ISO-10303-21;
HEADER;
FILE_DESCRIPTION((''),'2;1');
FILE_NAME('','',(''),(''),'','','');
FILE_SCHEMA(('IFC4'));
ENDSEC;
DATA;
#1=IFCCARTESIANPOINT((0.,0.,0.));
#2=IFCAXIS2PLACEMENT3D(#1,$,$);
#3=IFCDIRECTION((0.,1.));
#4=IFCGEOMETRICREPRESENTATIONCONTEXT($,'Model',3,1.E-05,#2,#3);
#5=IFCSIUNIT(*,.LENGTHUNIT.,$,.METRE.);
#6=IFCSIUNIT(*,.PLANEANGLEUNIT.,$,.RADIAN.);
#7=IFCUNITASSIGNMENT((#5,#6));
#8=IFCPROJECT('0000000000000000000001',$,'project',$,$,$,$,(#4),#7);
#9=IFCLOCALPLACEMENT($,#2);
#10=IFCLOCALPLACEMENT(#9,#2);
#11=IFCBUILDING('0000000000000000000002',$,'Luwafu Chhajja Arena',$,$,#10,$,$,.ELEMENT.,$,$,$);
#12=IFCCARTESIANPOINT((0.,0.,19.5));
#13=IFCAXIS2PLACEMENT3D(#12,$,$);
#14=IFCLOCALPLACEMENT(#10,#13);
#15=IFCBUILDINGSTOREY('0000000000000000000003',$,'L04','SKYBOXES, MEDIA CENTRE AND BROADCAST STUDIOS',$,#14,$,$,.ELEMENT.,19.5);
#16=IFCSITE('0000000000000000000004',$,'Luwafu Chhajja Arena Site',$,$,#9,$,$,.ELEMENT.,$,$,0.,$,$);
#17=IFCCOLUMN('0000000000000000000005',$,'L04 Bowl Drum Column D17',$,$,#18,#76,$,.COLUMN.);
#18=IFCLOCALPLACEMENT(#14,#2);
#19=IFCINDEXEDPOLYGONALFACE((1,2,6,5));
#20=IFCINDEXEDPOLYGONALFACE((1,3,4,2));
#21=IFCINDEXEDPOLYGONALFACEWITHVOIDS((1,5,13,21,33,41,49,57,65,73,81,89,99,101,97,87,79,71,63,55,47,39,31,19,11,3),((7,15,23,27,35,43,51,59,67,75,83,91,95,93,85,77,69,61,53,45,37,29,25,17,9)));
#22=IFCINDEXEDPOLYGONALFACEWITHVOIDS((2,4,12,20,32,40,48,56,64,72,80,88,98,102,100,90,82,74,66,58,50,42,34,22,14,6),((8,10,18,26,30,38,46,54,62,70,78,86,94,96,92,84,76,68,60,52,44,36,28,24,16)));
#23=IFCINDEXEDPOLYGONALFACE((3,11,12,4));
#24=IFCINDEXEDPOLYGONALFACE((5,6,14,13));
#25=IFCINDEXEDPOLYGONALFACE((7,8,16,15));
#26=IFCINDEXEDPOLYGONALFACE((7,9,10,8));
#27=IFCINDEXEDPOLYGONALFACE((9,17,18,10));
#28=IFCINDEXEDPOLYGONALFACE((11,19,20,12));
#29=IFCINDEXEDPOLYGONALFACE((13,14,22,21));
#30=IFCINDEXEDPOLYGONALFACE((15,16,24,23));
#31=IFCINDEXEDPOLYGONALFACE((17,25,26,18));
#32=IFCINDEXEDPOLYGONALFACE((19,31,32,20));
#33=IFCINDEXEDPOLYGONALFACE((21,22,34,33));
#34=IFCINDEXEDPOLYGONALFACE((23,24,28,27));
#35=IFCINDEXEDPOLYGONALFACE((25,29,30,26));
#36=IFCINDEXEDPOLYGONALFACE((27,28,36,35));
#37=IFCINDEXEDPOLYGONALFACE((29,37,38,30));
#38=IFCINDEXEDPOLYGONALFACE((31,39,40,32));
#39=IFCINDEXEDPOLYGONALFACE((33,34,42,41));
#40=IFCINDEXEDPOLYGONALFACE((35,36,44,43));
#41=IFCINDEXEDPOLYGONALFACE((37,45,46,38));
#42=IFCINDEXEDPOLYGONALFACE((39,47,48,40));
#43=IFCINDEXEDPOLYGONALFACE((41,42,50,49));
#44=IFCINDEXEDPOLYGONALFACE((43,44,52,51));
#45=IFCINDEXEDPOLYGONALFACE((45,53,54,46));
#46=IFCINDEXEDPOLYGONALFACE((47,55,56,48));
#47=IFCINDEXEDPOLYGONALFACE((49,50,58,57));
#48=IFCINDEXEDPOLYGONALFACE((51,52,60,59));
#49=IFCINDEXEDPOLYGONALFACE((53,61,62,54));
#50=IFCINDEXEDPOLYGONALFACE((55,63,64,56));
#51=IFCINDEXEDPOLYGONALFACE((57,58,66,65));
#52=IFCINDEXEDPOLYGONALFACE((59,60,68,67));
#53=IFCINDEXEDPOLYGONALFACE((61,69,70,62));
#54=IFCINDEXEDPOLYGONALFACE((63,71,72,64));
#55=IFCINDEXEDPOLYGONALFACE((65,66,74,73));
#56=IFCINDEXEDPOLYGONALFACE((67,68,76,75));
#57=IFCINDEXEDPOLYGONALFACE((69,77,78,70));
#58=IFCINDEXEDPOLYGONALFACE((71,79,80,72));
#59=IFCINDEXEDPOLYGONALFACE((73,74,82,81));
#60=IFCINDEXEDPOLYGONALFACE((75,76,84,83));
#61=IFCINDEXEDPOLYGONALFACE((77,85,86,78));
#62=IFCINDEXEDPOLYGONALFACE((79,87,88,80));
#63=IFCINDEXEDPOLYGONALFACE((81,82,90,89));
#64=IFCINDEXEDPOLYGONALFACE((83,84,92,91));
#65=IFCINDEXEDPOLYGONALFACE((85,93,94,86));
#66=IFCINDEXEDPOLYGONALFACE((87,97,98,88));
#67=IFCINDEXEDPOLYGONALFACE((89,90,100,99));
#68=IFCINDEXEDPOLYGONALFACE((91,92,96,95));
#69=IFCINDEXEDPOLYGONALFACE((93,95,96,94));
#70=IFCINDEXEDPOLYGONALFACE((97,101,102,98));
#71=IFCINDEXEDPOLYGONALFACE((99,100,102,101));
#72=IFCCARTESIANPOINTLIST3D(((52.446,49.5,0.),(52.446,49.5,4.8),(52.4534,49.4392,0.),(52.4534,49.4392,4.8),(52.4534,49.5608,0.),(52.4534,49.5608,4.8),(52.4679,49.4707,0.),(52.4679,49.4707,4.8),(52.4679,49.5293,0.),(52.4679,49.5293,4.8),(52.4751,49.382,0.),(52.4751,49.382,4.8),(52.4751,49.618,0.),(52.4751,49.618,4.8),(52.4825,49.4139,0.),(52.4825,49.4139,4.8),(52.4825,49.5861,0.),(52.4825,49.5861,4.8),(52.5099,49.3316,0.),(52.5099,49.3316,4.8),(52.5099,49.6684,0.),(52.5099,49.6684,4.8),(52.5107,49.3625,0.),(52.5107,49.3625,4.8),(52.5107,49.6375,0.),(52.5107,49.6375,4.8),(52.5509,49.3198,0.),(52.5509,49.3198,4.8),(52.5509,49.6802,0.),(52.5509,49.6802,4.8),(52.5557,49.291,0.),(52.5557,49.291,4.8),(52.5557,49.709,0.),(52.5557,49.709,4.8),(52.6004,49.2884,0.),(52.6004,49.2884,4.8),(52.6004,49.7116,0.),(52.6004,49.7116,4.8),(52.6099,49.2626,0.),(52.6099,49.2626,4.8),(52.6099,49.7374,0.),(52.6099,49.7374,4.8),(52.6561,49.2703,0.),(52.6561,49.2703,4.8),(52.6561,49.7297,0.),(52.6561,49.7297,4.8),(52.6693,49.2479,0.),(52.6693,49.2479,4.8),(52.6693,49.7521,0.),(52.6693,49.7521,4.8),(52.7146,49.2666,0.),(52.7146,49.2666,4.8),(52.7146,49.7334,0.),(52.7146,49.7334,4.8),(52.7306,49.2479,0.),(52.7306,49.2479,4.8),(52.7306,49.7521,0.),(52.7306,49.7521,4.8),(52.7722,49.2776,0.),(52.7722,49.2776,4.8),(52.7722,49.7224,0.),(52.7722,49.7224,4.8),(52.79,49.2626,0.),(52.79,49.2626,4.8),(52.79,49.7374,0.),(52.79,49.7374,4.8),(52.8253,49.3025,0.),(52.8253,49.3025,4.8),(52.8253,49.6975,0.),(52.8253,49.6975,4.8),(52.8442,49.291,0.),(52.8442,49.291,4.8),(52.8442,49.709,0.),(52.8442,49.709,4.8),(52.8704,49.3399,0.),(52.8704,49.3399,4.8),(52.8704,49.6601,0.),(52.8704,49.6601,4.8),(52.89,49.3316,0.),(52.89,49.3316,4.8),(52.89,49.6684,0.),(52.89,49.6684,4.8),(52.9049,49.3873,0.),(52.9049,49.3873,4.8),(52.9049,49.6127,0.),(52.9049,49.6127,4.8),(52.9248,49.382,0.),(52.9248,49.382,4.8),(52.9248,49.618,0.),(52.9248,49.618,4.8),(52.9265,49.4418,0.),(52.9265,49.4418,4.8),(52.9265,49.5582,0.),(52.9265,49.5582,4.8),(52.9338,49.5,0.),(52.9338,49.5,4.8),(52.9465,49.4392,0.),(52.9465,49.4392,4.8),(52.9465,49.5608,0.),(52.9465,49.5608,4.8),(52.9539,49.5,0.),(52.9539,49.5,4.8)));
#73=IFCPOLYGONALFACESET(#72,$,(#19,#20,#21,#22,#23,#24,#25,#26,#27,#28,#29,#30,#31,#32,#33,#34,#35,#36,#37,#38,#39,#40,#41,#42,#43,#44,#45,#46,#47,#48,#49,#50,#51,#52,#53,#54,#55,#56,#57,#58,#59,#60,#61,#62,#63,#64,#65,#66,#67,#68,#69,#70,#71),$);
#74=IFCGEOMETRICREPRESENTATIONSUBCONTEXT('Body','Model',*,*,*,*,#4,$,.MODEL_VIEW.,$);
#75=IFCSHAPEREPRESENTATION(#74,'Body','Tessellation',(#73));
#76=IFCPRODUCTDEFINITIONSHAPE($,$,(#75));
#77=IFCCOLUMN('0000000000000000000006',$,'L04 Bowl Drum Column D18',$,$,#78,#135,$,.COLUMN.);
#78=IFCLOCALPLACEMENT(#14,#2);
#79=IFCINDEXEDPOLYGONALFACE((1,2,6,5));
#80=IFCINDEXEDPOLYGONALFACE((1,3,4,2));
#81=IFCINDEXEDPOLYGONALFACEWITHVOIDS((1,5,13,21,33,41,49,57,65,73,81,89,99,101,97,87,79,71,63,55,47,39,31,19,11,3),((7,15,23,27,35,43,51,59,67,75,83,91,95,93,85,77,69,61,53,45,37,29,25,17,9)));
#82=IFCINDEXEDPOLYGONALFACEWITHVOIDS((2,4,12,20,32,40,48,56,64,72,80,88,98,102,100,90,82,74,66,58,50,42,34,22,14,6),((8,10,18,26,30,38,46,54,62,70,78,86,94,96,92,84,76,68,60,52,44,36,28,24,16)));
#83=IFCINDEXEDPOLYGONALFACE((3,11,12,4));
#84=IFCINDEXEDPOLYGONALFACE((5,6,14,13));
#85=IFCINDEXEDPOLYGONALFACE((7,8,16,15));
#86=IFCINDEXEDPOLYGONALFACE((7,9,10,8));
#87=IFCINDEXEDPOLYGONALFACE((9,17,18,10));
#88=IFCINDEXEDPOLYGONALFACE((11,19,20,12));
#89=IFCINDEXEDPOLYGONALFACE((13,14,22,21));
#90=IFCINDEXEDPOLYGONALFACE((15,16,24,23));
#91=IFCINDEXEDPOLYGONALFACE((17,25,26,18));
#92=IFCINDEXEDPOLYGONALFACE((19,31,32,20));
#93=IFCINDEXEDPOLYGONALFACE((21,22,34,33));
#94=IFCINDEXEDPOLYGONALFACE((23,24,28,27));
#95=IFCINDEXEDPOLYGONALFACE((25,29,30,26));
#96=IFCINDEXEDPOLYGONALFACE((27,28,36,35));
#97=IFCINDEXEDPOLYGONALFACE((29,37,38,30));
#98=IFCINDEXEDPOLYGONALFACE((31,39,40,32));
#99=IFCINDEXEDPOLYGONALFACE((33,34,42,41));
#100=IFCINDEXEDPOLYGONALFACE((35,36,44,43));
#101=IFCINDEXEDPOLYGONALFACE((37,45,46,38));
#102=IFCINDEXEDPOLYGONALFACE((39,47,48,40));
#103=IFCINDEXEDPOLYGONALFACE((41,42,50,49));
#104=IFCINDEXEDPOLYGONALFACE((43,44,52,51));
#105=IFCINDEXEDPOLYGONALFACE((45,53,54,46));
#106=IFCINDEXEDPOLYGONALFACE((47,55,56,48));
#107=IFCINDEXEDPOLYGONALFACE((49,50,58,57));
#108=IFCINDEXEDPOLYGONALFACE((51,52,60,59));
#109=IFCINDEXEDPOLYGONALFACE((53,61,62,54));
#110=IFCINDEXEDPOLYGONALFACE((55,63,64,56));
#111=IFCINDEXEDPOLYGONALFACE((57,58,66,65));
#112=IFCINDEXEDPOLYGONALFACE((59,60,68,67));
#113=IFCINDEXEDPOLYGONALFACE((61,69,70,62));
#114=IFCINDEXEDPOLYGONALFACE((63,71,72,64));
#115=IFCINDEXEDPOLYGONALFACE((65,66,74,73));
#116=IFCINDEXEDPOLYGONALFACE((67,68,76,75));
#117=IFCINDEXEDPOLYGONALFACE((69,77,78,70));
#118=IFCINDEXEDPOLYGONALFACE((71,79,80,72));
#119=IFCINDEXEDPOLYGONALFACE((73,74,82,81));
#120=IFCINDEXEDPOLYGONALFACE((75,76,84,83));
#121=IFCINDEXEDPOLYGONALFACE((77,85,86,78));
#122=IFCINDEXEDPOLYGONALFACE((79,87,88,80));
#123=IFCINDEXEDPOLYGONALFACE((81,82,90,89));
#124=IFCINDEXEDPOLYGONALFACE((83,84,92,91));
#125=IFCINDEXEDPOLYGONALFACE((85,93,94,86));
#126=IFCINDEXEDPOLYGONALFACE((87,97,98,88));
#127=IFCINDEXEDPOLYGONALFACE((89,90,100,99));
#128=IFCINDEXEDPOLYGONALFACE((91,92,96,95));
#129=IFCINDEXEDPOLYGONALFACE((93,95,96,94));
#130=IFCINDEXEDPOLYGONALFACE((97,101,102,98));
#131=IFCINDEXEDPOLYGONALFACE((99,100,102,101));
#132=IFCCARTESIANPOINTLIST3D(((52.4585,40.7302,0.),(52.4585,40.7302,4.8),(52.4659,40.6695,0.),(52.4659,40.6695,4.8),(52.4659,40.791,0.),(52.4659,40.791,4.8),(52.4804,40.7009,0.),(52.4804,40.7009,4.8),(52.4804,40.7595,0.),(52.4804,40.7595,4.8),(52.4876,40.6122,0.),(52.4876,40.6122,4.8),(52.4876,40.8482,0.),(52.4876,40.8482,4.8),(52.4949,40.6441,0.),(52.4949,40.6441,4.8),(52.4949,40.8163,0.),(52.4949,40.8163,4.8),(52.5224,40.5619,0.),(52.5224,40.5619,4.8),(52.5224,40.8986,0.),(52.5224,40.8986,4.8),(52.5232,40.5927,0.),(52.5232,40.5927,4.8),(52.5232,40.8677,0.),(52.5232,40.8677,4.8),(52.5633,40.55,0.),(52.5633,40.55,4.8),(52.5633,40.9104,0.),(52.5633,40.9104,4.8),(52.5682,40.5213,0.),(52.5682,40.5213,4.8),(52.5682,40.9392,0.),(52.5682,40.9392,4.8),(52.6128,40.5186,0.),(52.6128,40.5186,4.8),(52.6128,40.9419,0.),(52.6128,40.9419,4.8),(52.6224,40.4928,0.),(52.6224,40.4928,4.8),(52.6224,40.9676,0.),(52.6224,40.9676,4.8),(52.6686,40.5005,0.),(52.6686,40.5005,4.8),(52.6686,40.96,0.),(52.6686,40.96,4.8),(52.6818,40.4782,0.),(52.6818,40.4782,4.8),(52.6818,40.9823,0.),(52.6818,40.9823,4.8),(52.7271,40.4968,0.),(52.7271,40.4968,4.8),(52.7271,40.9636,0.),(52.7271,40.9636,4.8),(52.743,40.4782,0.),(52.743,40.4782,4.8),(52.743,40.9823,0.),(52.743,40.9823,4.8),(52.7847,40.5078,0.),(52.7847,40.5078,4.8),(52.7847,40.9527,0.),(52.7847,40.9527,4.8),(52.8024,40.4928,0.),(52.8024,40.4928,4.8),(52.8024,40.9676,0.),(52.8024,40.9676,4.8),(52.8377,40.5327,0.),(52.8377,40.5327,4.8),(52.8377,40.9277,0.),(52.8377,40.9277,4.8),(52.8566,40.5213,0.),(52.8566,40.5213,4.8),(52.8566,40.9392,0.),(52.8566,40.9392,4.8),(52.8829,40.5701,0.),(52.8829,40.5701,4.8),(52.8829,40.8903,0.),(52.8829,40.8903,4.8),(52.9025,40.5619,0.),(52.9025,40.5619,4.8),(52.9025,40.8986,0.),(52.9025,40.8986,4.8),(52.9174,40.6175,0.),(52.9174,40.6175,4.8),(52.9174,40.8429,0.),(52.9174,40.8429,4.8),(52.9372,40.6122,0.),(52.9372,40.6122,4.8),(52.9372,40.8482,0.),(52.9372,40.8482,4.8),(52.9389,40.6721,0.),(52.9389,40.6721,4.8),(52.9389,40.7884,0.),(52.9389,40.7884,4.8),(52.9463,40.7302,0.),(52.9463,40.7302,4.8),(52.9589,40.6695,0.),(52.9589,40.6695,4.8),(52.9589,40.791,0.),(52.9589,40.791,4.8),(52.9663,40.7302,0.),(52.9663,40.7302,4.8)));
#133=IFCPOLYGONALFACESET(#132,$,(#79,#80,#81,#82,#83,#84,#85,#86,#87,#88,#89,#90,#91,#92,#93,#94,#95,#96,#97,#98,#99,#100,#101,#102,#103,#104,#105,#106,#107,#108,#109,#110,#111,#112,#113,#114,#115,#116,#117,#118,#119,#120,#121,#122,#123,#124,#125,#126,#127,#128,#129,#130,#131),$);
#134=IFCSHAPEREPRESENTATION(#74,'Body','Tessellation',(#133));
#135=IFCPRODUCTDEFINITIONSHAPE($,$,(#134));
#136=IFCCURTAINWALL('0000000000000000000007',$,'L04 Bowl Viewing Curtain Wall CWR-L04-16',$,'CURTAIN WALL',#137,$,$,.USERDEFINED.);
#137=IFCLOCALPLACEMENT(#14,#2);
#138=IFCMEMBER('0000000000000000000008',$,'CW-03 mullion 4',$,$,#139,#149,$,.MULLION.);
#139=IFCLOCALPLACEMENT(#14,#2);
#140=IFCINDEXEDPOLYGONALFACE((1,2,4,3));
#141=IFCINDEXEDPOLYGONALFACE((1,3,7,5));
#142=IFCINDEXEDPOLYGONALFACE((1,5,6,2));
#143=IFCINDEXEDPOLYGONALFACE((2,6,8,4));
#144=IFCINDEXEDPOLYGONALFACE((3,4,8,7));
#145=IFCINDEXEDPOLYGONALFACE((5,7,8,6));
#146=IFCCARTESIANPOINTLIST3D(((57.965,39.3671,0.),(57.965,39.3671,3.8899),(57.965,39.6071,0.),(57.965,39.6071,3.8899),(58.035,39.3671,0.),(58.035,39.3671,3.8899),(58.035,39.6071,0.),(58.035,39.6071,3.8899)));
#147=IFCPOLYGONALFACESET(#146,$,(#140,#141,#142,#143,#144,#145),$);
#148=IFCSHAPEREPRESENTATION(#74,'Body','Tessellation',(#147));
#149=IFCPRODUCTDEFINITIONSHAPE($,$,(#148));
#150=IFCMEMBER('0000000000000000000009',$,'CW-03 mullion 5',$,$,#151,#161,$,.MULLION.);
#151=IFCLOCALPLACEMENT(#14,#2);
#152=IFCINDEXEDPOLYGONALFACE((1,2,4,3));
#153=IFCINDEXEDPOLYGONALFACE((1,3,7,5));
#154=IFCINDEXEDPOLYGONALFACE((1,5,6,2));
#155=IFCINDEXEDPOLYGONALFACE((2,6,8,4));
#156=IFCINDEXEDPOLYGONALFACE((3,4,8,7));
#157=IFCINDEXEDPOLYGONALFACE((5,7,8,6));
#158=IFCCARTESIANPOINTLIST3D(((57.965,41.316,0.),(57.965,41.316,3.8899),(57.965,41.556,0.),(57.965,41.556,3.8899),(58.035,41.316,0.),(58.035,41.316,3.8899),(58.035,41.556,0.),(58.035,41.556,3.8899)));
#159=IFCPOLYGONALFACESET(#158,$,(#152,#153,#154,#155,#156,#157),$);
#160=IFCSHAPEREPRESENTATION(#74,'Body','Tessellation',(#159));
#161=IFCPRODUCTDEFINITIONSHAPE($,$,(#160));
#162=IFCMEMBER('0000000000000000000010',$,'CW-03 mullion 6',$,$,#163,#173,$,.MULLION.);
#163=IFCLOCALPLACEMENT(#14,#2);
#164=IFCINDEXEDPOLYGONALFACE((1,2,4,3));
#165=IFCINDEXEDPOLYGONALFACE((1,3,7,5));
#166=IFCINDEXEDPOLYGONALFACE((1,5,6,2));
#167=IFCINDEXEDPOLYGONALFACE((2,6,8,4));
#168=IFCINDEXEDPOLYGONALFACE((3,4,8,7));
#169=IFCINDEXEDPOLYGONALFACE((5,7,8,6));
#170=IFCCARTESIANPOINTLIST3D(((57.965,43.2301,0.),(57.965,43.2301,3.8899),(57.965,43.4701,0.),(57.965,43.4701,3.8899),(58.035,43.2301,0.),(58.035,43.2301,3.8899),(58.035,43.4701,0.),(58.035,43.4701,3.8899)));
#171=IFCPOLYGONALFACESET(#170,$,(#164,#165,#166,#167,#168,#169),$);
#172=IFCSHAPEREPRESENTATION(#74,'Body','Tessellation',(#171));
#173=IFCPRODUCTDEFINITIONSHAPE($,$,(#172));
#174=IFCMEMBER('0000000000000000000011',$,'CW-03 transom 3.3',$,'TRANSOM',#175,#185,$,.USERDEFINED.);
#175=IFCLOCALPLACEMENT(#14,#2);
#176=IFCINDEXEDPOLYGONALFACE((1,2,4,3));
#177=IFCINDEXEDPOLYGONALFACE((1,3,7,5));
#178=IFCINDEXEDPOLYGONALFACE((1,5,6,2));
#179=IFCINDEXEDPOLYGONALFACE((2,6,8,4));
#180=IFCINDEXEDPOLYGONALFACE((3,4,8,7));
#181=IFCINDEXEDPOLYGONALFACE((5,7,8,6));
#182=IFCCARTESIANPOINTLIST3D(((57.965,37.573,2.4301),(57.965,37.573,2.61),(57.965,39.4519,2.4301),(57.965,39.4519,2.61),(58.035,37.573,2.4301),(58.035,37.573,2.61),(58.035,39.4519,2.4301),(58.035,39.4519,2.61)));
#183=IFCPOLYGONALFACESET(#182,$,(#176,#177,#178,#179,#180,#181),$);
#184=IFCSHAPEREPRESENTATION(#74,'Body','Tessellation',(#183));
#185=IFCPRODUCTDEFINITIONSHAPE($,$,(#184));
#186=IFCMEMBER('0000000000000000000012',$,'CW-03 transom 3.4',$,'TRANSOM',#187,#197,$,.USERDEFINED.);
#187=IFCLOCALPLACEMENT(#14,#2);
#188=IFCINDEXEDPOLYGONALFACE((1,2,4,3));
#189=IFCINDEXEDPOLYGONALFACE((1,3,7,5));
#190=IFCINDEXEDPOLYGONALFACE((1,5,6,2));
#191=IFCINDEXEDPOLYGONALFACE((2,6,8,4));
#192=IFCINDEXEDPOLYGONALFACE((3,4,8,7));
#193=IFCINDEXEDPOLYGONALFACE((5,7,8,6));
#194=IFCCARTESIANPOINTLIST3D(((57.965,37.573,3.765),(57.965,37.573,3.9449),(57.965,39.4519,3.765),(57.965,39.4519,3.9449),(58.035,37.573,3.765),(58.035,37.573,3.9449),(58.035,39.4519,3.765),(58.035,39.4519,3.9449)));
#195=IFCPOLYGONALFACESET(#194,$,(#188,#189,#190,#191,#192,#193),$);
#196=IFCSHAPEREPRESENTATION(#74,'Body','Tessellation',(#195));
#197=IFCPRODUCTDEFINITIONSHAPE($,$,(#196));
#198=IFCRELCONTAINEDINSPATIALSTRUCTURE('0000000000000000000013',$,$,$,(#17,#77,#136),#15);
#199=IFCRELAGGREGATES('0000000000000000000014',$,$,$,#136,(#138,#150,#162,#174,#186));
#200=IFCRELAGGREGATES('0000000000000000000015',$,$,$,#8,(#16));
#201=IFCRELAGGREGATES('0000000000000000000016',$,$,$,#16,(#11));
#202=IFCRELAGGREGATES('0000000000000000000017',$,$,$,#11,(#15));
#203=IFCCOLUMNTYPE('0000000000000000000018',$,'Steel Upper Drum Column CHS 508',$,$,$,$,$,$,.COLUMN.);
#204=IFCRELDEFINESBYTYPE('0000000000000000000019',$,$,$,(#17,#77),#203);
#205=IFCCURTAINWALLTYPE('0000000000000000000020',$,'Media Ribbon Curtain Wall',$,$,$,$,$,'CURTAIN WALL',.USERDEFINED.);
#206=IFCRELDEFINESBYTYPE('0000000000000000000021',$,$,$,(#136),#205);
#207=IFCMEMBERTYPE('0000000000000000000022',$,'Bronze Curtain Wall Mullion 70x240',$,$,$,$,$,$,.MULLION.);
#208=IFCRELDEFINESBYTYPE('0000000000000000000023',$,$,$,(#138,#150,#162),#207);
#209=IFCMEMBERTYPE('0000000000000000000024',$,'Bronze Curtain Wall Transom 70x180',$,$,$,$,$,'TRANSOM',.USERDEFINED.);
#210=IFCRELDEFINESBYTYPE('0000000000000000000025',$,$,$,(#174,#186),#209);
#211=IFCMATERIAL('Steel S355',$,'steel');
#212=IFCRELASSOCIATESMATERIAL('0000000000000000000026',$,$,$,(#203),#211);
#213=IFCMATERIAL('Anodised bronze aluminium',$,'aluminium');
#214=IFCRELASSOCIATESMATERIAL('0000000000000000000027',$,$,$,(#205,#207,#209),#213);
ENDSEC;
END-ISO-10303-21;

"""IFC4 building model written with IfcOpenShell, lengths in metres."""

from ifc_helpers import new_model, si_unit, direction, frame, origin, origin_2d, place, context, subcontext, project, spatial, rectangle, hollow_circle, extrude, material, material_profile, profile_set, type_object, element, aggregate, save


model = new_model("IFC4")

# Units and contexts
model_context = context("Model", 3, precision=1e-05, world=origin(), true_north=direction((0.0, 1.0)))
body_context = subcontext(model_context, "Body", "Model", "MODEL_VIEW")
ifc_project = project(units=[si_unit("LENGTHUNIT", "METRE"), si_unit("PLANEANGLEUNIT", "RADIAN")], contexts=[model_context])

# Site, building, storey
site_placement = place(None, origin())
site = spatial("IfcSite", under=ifc_project, at=site_placement, Name="Luwafu Chhajja Arena Site", CompositionType="ELEMENT", RefElevation=0.0)
building_placement = place(site_placement, origin())
building = spatial("IfcBuilding", under=site, at=building_placement, Name="Luwafu Chhajja Arena", CompositionType="ELEMENT")
storey_placement = place(building_placement, frame((0.0, 0.0, 19.5)))
storey = spatial("IfcBuildingStorey", under=building, at=storey_placement, Name="L04", Description="SKYBOXES, MEDIA CENTRE AND BROADCAST STUDIOS", CompositionType="ELEMENT", Elevation=19.5)

# Columns
ifc_material_1 = material(Name="Steel S355", Category="steel")
ifc_material_profile_1 = material_profile(ifc_material_1, hollow_circle(Radius=0.2539, WallThickness=0.02, at=origin_2d()), Name="CHS 508x20")
ifc_profile_set_1 = profile_set([ifc_material_profile_1], Name="Steel S355")
column_type = type_object("IfcColumnType", Name="Steel Upper Drum Column CHS 508", PredefinedType="COLUMN", material=ifc_profile_set_1)
for number, where, z_axis, x_axis, name in (
    (1, (52.7, 49.5, 0.0), (0.0, 0.0, 1.0), (1.0, 0.0, 0.0), "L04 Bowl Drum Column D17"),
    (2, (52.7124, 40.7302, 0.0), (0.0, 0.0, 1.0), (1.0, 0.0, 0.0), "L04 Bowl Drum Column D18"),
):
    element("IfcColumn", number, at=place(storey_placement, frame(where, z_axis=z_axis, x_axis=x_axis)), inside=storey, type_object=column_type, Name=name, PredefinedType="COLUMN", context=body_context, shape_type="SweptSolid", body=[
        extrude(hollow_circle(Radius=0.2539, WallThickness=0.02, at=origin_2d()), origin(), (0.0, 0.0, 1.0), 4.8),
    ])

# Curtain wall, members
ifc_material_2 = material(Name="Anodised bronze aluminium", Category="aluminium")
curtain_wall_type = type_object("IfcCurtainWallType", Name="Media Ribbon Curtain Wall", ElementType="CURTAIN WALL", PredefinedType="USERDEFINED", material=ifc_material_2)
curtain_wall_placement = place(storey_placement, origin())
curtain_wall = element("IfcCurtainWall", 3, at=curtain_wall_placement, inside=storey, type_object=curtain_wall_type, Name="L04 Bowl Viewing Curtain Wall CWR-L04-16", ObjectType="CURTAIN WALL", PredefinedType="USERDEFINED")
ifc_material_profile_2 = material_profile(ifc_material_2, rectangle(XDim=0.0701, YDim=0.24, at=origin_2d()), Name="CWM 70x240")
ifc_profile_set_2 = profile_set([ifc_material_profile_2], Name="Anodised bronze aluminium")
member_type_1 = type_object("IfcMemberType", Name="Bronze Curtain Wall Mullion 70x240", PredefinedType="MULLION", material=ifc_profile_set_2)
member_1_placement = place(storey_placement, frame((58.0, 39.4871, 0.0), z_axis=(0.0, 0.0, 1.0), x_axis=(-1.0, 0.0, 0.0)))
member_1 = element("IfcMember", 4, at=member_1_placement, type_object=member_type_1, Name="CW-03 mullion 4", PredefinedType="MULLION", context=body_context, shape_type="SweptSolid", body=[
    extrude(rectangle(XDim=0.0701, YDim=0.24, at=origin_2d()), origin(), (0.0, 0.0, 1.0), 3.8899),
])
member_2_placement = place(storey_placement, frame((58.0, 41.436, 0.0), z_axis=(0.0, 0.0, 1.0), x_axis=(-1.0, 0.0, 0.0)))
member_2 = element("IfcMember", 5, at=member_2_placement, type_object=member_type_1, Name="CW-03 mullion 5", PredefinedType="MULLION", context=body_context, shape_type="SweptSolid", body=[
    extrude(rectangle(XDim=0.0701, YDim=0.24, at=origin_2d()), origin(), (0.0, 0.0, 1.0), 3.8899),
])
member_3_placement = place(storey_placement, frame((58.0, 43.3501, 0.0), z_axis=(0.0, 0.0, 1.0), x_axis=(-1.0, 0.0, 0.0)))
member_3 = element("IfcMember", 6, at=member_3_placement, type_object=member_type_1, Name="CW-03 mullion 6", PredefinedType="MULLION", context=body_context, shape_type="SweptSolid", body=[
    extrude(rectangle(XDim=0.0701, YDim=0.24, at=origin_2d()), origin(), (0.0, 0.0, 1.0), 3.8899),
])
ifc_material_profile_3 = material_profile(ifc_material_2, rectangle(XDim=0.0701, YDim=0.1799, at=origin_2d()), Name="CWT 70x180")
ifc_profile_set_3 = profile_set([ifc_material_profile_3], Name="Anodised bronze aluminium")
member_type_2 = type_object("IfcMemberType", Name="Bronze Curtain Wall Transom 70x180", ElementType="TRANSOM", PredefinedType="USERDEFINED", material=ifc_profile_set_3)
member_4_placement = place(storey_placement, frame((58.0, 37.573, 2.52), z_axis=(0.0, 1.0, 0.0), x_axis=(-1.0, 0.0, 0.0)))
member_4 = element("IfcMember", 7, at=member_4_placement, type_object=member_type_2, Name="CW-03 transom 3.3", ObjectType="TRANSOM", PredefinedType="USERDEFINED", context=body_context, shape_type="SweptSolid", body=[
    extrude(rectangle(XDim=0.0701, YDim=0.1799, at=origin_2d()), origin(), (0.0, 0.0, 1.0), 1.8789),
])
member_5_placement = place(storey_placement, frame((58.0, 37.573, 3.855), z_axis=(0.0, 1.0, 0.0), x_axis=(-1.0, 0.0, 0.0)))
member_5 = element("IfcMember", 8, at=member_5_placement, type_object=member_type_2, Name="CW-03 transom 3.4", ObjectType="TRANSOM", PredefinedType="USERDEFINED", context=body_context, shape_type="SweptSolid", body=[
    extrude(rectangle(XDim=0.0701, YDim=0.1799, at=origin_2d()), origin(), (0.0, 0.0, 1.0), 1.8789),
])

aggregate(curtain_wall, [member_1, member_2, member_3, member_4, member_5])

save(model, "model.ifc")
